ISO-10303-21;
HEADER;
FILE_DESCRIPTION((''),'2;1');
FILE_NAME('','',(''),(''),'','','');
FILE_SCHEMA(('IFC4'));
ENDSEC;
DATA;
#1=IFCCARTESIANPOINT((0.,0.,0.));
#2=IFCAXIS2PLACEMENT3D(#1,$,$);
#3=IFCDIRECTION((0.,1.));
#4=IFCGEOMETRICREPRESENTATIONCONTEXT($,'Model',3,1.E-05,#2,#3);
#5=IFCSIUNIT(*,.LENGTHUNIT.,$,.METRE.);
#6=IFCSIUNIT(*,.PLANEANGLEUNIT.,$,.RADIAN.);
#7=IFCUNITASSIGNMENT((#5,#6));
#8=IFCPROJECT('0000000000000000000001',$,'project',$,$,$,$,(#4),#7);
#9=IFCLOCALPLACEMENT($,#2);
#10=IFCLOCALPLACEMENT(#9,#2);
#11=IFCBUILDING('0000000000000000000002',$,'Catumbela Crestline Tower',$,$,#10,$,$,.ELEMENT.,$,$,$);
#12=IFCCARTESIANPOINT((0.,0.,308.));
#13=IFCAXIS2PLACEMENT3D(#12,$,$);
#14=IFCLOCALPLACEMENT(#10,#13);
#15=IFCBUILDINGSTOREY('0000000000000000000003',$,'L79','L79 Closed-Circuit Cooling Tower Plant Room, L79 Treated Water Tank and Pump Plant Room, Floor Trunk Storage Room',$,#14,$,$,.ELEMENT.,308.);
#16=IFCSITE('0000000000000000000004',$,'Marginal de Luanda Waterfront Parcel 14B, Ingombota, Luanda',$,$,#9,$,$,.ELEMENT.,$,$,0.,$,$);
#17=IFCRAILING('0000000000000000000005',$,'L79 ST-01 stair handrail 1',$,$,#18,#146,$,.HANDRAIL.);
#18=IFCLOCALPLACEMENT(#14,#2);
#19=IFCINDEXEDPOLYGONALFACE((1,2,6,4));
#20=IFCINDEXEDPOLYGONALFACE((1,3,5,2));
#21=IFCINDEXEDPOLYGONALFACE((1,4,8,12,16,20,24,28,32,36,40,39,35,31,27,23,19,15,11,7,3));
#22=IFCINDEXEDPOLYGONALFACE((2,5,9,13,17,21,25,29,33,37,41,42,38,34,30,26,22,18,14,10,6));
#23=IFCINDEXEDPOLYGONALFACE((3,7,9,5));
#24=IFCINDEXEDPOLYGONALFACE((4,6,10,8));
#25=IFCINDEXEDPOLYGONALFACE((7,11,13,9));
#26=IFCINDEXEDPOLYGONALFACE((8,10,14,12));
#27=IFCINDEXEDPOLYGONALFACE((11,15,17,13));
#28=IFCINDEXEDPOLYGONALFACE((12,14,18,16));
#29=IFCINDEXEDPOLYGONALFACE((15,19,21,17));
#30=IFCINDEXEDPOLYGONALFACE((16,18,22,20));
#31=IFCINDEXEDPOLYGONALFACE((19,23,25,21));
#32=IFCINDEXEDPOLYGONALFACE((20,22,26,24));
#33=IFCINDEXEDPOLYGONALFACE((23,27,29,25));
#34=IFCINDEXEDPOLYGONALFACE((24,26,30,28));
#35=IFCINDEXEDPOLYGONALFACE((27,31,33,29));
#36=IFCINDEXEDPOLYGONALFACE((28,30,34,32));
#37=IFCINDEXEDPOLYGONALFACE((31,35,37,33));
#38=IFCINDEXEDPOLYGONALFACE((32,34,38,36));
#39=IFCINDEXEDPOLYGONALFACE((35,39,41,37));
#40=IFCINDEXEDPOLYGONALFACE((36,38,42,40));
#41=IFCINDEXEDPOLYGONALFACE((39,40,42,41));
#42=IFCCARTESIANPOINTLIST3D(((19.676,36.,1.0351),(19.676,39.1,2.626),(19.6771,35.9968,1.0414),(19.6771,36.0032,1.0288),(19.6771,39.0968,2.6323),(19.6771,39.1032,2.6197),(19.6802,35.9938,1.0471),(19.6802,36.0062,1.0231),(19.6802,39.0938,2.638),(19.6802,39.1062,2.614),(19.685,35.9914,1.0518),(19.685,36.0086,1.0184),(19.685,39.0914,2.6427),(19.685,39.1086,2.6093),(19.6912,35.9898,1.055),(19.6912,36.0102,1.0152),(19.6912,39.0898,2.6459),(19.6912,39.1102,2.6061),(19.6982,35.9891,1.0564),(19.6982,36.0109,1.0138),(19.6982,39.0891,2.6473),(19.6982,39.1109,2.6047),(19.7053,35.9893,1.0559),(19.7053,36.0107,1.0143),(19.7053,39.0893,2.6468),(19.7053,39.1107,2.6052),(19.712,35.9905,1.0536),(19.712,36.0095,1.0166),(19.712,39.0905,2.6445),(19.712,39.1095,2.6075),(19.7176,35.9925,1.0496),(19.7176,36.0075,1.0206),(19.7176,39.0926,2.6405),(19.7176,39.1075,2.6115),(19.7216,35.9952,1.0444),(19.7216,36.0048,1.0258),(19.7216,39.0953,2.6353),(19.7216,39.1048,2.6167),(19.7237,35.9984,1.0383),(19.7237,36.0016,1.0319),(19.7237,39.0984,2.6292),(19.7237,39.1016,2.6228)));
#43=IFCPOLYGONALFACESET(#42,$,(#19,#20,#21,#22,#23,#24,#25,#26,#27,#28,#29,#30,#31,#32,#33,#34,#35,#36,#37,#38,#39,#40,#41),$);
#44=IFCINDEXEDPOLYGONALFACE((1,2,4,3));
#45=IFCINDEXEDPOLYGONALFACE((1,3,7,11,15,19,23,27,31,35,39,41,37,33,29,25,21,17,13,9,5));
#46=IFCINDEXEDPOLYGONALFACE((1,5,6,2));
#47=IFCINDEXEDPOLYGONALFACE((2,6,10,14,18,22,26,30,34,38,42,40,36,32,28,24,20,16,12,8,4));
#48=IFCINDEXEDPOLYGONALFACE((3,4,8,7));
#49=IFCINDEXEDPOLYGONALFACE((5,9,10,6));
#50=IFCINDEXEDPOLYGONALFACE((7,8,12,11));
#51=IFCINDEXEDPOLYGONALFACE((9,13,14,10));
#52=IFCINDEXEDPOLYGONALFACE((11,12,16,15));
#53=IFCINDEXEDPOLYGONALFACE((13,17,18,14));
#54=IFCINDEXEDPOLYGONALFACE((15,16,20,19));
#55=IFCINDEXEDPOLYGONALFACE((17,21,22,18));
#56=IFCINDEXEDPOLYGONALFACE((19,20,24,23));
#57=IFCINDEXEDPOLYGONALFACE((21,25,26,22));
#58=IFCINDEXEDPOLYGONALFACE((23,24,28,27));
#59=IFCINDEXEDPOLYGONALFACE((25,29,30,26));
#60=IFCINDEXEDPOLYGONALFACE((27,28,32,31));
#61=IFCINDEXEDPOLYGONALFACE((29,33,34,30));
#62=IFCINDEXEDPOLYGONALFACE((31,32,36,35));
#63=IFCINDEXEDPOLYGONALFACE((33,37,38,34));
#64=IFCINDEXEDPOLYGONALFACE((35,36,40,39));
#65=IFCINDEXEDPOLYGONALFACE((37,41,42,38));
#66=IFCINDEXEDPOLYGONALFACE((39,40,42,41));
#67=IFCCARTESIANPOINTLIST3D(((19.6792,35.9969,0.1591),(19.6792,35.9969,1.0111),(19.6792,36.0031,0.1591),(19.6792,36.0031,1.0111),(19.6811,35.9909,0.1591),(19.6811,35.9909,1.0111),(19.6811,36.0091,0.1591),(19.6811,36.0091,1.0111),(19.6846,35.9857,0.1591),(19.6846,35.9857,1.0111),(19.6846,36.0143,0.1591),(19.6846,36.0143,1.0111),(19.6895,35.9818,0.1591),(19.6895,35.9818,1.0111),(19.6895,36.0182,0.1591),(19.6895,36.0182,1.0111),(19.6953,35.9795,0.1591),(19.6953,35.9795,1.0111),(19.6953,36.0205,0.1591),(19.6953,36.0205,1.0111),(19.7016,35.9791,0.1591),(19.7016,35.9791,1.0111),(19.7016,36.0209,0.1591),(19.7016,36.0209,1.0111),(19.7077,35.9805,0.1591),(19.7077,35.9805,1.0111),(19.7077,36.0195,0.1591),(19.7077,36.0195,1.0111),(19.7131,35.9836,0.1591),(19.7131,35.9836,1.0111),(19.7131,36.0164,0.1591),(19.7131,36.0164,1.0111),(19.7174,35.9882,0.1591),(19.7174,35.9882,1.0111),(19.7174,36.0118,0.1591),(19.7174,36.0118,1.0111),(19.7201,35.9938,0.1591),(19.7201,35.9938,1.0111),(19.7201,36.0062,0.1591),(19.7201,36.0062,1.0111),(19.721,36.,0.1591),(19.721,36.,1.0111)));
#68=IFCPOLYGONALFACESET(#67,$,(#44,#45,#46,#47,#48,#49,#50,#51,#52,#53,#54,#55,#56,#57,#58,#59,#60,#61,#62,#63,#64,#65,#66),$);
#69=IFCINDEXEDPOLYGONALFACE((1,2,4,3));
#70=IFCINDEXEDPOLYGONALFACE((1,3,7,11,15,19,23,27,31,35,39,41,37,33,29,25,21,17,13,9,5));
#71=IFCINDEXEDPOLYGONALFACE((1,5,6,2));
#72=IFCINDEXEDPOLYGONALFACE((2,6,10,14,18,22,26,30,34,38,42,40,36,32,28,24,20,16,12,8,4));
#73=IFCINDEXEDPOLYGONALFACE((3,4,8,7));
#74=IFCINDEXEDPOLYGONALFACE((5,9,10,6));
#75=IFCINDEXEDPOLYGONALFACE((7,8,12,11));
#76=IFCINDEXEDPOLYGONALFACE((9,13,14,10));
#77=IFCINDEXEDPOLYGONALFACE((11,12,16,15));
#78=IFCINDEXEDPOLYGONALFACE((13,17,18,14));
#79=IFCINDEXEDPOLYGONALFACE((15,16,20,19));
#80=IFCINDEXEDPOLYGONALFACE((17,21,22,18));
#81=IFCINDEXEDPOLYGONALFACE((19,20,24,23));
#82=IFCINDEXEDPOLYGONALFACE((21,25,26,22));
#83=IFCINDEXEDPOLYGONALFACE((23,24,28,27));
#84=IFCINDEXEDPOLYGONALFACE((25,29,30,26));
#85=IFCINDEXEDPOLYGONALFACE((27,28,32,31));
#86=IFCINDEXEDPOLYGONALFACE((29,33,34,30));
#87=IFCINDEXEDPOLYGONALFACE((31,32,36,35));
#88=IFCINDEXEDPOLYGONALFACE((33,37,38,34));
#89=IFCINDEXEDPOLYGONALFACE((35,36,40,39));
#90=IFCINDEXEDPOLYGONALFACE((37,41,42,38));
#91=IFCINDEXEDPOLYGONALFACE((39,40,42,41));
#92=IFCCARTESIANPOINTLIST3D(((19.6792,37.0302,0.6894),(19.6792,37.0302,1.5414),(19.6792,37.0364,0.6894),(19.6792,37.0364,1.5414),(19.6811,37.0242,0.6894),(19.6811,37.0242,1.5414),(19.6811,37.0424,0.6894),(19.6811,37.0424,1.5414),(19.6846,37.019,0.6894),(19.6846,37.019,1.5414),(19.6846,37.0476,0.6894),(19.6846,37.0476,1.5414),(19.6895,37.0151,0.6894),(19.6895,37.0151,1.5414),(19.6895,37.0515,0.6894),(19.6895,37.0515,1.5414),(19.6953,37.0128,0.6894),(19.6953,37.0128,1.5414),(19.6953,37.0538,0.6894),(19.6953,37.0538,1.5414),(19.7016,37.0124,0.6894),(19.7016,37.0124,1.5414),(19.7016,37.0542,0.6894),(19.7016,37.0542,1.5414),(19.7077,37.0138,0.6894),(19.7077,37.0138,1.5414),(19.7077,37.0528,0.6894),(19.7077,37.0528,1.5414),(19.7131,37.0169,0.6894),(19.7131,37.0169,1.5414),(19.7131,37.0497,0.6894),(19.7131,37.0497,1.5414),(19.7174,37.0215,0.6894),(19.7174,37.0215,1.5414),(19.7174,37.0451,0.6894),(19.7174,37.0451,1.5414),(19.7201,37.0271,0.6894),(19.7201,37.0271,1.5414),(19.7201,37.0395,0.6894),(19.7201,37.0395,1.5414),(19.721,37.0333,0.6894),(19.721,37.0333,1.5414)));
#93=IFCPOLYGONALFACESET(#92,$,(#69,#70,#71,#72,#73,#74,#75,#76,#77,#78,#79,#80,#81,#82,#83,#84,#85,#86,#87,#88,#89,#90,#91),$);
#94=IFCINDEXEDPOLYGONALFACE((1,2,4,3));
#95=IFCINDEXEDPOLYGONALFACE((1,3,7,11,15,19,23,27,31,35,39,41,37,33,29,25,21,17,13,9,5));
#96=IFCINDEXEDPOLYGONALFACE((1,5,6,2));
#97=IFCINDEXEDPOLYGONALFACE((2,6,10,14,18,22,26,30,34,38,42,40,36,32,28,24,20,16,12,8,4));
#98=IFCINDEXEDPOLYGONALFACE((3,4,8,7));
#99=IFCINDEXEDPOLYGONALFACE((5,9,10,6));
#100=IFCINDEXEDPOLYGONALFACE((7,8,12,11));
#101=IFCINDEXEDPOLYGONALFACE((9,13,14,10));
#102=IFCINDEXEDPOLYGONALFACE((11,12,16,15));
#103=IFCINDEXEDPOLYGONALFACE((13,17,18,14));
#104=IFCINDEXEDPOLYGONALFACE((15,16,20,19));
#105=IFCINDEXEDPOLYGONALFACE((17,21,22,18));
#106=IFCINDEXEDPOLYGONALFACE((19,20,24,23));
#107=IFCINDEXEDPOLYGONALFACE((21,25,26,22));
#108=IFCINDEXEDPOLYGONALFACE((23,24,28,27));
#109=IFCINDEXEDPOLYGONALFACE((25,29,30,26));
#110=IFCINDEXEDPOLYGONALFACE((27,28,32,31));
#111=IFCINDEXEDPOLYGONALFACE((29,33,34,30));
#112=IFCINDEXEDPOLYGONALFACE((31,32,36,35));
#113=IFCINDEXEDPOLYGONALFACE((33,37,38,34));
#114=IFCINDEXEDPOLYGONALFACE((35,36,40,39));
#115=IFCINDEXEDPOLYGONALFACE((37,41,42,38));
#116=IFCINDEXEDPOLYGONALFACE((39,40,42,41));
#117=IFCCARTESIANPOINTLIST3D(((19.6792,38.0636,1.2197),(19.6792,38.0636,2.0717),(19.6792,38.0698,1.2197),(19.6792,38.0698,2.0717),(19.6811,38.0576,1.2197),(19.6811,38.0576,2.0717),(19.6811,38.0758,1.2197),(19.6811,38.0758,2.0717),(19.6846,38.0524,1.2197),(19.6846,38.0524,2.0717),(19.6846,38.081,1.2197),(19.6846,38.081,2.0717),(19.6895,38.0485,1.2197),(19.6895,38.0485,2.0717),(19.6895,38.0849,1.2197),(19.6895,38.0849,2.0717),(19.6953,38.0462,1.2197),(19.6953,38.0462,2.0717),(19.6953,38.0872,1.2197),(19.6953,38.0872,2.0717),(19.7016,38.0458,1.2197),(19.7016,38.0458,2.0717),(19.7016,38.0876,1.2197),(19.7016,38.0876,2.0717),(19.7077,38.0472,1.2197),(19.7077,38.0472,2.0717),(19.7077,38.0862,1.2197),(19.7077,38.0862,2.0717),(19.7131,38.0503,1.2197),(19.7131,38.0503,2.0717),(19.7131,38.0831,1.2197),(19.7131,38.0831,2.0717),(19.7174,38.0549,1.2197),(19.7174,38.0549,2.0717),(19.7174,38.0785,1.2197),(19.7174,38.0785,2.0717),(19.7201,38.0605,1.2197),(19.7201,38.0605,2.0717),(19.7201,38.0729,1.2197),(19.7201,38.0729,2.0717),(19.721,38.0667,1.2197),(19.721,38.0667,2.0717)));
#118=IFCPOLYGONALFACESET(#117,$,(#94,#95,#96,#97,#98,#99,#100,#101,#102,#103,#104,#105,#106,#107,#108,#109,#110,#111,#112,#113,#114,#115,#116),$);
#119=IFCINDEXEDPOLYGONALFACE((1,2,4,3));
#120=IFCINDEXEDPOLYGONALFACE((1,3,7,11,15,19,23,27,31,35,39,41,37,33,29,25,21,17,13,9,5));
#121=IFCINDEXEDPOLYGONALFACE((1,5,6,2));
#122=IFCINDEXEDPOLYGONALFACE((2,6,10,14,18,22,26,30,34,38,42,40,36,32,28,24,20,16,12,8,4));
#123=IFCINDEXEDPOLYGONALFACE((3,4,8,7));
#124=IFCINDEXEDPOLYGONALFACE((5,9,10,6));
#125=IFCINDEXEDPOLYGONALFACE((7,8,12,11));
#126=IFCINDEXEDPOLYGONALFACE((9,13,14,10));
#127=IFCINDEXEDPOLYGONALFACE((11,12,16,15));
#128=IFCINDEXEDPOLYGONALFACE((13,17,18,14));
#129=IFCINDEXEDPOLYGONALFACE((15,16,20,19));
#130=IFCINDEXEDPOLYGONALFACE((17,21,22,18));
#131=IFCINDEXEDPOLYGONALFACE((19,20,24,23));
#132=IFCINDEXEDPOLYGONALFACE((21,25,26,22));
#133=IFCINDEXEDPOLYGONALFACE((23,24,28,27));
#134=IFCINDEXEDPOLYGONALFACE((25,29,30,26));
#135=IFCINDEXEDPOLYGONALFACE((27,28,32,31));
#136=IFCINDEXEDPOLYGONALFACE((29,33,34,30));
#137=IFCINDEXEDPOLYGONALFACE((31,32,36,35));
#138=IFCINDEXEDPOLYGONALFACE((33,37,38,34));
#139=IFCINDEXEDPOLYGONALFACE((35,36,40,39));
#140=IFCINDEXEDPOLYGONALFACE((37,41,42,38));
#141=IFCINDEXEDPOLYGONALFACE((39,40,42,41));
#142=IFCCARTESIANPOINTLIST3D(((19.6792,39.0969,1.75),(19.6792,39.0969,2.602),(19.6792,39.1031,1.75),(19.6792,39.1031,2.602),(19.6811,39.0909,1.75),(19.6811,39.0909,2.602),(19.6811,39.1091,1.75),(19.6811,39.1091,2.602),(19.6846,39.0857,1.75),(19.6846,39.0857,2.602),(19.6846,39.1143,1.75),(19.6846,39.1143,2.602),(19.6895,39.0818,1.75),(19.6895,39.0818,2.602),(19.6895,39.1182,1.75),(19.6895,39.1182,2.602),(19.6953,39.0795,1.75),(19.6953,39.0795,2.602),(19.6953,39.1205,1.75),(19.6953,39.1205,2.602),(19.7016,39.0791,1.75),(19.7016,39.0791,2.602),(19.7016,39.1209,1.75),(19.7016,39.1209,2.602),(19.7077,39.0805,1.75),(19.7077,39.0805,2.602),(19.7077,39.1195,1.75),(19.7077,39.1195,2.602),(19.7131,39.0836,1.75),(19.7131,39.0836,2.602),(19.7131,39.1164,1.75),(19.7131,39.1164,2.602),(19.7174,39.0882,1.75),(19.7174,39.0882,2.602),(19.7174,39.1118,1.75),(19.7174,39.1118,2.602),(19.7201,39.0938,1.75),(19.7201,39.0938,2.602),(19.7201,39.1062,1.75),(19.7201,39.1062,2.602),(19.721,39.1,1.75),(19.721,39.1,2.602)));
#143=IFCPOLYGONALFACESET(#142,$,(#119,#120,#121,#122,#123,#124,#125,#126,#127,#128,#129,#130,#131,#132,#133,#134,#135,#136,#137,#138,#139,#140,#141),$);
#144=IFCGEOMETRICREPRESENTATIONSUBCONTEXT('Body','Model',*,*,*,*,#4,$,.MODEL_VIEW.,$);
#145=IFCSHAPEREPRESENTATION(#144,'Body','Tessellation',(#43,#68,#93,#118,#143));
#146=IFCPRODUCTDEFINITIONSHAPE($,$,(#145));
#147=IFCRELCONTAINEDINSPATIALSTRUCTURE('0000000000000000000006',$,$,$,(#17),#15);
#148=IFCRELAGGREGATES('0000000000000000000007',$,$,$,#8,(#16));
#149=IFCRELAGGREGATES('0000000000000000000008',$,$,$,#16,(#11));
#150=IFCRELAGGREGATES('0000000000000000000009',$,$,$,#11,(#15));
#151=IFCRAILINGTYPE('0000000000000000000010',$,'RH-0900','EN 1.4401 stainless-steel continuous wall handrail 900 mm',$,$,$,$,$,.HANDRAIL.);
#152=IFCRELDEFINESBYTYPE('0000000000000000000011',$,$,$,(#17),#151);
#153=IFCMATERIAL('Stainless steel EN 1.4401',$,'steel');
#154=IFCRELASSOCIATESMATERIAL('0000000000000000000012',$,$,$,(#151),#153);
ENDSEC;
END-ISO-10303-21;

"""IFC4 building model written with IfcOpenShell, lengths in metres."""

from ifc_helpers import new_model, si_unit, direction, frame, origin, origin_2d, place, context, subcontext, project, spatial, circle, extrude, material, type_object, element, save


model = new_model("IFC4")

# Units and contexts
model_context = context("Model", 3, precision=1e-05, world=origin(), true_north=direction((0.0, 1.0)))
body_context = subcontext(model_context, "Body", "Model", "MODEL_VIEW")
ifc_project = project(units=[si_unit("LENGTHUNIT", "METRE"), si_unit("PLANEANGLEUNIT", "RADIAN")], contexts=[model_context])

# Site, building, storey
site_placement = place(None, origin())
site = spatial("IfcSite", under=ifc_project, at=site_placement, Name="Marginal de Luanda Waterfront Parcel 14B, Ingombota, Luanda", CompositionType="ELEMENT", RefElevation=0.0)
building_placement = place(site_placement, origin())
building = spatial("IfcBuilding", under=site, at=building_placement, Name="Catumbela Crestline Tower", CompositionType="ELEMENT")
storey_placement = place(building_placement, frame((0.0, 0.0, 308.0)))
storey = spatial("IfcBuildingStorey", under=building, at=storey_placement, Name="L79", Description="L79 Closed-Circuit Cooling Tower Plant Room, L79 Treated Water Tank and Pump Plant Room, Floor Trunk Storage Room", CompositionType="ELEMENT", Elevation=308.0)

# Shared definitions
ifc_material_1 = material(Name="Stainless steel EN 1.4401", Category="steel")

# Railing
railing_type_1 = type_object("IfcRailingType", Name="RH-0900", Description="EN 1.4401 stainless-steel continuous wall handrail 900 mm", PredefinedType="HANDRAIL", material=ifc_material_1)
railing_1_placement = place(storey_placement, frame((19.7, 36.0, 0.1591)))
element("IfcRailing", 1, at=railing_1_placement, inside=storey, type_object=railing_type_1, Name="L79 ST-01 stair handrail 1", PredefinedType="HANDRAIL", context=body_context, shape_type="SweptSolid", body=[
    extrude(circle(Radius=0.024, at=origin_2d()), frame((0.0, 0.0, 0.876), z_axis=(0.0, 0.889683, 0.456579), x_axis=(-1.0, 0.0, 0.0)), (0.0, 0.0, 1.0), 3.4844),
    extrude(circle(Radius=0.021, at=origin_2d()), origin(), (0.0, 0.0, 1.0), 0.852),
    extrude(circle(Radius=0.021, at=origin_2d()), frame((0.0, 1.0333, 0.5303)), (0.0, 0.0, 1.0), 0.852),
    extrude(circle(Radius=0.021, at=origin_2d()), frame((0.0, 2.0667, 1.0606)), (0.0, 0.0, 1.0), 0.852),
    extrude(circle(Radius=0.021, at=origin_2d()), frame((0.0, 3.1, 1.5909)), (0.0, 0.0, 1.0), 0.852),
])

save(model, "model.ifc")
